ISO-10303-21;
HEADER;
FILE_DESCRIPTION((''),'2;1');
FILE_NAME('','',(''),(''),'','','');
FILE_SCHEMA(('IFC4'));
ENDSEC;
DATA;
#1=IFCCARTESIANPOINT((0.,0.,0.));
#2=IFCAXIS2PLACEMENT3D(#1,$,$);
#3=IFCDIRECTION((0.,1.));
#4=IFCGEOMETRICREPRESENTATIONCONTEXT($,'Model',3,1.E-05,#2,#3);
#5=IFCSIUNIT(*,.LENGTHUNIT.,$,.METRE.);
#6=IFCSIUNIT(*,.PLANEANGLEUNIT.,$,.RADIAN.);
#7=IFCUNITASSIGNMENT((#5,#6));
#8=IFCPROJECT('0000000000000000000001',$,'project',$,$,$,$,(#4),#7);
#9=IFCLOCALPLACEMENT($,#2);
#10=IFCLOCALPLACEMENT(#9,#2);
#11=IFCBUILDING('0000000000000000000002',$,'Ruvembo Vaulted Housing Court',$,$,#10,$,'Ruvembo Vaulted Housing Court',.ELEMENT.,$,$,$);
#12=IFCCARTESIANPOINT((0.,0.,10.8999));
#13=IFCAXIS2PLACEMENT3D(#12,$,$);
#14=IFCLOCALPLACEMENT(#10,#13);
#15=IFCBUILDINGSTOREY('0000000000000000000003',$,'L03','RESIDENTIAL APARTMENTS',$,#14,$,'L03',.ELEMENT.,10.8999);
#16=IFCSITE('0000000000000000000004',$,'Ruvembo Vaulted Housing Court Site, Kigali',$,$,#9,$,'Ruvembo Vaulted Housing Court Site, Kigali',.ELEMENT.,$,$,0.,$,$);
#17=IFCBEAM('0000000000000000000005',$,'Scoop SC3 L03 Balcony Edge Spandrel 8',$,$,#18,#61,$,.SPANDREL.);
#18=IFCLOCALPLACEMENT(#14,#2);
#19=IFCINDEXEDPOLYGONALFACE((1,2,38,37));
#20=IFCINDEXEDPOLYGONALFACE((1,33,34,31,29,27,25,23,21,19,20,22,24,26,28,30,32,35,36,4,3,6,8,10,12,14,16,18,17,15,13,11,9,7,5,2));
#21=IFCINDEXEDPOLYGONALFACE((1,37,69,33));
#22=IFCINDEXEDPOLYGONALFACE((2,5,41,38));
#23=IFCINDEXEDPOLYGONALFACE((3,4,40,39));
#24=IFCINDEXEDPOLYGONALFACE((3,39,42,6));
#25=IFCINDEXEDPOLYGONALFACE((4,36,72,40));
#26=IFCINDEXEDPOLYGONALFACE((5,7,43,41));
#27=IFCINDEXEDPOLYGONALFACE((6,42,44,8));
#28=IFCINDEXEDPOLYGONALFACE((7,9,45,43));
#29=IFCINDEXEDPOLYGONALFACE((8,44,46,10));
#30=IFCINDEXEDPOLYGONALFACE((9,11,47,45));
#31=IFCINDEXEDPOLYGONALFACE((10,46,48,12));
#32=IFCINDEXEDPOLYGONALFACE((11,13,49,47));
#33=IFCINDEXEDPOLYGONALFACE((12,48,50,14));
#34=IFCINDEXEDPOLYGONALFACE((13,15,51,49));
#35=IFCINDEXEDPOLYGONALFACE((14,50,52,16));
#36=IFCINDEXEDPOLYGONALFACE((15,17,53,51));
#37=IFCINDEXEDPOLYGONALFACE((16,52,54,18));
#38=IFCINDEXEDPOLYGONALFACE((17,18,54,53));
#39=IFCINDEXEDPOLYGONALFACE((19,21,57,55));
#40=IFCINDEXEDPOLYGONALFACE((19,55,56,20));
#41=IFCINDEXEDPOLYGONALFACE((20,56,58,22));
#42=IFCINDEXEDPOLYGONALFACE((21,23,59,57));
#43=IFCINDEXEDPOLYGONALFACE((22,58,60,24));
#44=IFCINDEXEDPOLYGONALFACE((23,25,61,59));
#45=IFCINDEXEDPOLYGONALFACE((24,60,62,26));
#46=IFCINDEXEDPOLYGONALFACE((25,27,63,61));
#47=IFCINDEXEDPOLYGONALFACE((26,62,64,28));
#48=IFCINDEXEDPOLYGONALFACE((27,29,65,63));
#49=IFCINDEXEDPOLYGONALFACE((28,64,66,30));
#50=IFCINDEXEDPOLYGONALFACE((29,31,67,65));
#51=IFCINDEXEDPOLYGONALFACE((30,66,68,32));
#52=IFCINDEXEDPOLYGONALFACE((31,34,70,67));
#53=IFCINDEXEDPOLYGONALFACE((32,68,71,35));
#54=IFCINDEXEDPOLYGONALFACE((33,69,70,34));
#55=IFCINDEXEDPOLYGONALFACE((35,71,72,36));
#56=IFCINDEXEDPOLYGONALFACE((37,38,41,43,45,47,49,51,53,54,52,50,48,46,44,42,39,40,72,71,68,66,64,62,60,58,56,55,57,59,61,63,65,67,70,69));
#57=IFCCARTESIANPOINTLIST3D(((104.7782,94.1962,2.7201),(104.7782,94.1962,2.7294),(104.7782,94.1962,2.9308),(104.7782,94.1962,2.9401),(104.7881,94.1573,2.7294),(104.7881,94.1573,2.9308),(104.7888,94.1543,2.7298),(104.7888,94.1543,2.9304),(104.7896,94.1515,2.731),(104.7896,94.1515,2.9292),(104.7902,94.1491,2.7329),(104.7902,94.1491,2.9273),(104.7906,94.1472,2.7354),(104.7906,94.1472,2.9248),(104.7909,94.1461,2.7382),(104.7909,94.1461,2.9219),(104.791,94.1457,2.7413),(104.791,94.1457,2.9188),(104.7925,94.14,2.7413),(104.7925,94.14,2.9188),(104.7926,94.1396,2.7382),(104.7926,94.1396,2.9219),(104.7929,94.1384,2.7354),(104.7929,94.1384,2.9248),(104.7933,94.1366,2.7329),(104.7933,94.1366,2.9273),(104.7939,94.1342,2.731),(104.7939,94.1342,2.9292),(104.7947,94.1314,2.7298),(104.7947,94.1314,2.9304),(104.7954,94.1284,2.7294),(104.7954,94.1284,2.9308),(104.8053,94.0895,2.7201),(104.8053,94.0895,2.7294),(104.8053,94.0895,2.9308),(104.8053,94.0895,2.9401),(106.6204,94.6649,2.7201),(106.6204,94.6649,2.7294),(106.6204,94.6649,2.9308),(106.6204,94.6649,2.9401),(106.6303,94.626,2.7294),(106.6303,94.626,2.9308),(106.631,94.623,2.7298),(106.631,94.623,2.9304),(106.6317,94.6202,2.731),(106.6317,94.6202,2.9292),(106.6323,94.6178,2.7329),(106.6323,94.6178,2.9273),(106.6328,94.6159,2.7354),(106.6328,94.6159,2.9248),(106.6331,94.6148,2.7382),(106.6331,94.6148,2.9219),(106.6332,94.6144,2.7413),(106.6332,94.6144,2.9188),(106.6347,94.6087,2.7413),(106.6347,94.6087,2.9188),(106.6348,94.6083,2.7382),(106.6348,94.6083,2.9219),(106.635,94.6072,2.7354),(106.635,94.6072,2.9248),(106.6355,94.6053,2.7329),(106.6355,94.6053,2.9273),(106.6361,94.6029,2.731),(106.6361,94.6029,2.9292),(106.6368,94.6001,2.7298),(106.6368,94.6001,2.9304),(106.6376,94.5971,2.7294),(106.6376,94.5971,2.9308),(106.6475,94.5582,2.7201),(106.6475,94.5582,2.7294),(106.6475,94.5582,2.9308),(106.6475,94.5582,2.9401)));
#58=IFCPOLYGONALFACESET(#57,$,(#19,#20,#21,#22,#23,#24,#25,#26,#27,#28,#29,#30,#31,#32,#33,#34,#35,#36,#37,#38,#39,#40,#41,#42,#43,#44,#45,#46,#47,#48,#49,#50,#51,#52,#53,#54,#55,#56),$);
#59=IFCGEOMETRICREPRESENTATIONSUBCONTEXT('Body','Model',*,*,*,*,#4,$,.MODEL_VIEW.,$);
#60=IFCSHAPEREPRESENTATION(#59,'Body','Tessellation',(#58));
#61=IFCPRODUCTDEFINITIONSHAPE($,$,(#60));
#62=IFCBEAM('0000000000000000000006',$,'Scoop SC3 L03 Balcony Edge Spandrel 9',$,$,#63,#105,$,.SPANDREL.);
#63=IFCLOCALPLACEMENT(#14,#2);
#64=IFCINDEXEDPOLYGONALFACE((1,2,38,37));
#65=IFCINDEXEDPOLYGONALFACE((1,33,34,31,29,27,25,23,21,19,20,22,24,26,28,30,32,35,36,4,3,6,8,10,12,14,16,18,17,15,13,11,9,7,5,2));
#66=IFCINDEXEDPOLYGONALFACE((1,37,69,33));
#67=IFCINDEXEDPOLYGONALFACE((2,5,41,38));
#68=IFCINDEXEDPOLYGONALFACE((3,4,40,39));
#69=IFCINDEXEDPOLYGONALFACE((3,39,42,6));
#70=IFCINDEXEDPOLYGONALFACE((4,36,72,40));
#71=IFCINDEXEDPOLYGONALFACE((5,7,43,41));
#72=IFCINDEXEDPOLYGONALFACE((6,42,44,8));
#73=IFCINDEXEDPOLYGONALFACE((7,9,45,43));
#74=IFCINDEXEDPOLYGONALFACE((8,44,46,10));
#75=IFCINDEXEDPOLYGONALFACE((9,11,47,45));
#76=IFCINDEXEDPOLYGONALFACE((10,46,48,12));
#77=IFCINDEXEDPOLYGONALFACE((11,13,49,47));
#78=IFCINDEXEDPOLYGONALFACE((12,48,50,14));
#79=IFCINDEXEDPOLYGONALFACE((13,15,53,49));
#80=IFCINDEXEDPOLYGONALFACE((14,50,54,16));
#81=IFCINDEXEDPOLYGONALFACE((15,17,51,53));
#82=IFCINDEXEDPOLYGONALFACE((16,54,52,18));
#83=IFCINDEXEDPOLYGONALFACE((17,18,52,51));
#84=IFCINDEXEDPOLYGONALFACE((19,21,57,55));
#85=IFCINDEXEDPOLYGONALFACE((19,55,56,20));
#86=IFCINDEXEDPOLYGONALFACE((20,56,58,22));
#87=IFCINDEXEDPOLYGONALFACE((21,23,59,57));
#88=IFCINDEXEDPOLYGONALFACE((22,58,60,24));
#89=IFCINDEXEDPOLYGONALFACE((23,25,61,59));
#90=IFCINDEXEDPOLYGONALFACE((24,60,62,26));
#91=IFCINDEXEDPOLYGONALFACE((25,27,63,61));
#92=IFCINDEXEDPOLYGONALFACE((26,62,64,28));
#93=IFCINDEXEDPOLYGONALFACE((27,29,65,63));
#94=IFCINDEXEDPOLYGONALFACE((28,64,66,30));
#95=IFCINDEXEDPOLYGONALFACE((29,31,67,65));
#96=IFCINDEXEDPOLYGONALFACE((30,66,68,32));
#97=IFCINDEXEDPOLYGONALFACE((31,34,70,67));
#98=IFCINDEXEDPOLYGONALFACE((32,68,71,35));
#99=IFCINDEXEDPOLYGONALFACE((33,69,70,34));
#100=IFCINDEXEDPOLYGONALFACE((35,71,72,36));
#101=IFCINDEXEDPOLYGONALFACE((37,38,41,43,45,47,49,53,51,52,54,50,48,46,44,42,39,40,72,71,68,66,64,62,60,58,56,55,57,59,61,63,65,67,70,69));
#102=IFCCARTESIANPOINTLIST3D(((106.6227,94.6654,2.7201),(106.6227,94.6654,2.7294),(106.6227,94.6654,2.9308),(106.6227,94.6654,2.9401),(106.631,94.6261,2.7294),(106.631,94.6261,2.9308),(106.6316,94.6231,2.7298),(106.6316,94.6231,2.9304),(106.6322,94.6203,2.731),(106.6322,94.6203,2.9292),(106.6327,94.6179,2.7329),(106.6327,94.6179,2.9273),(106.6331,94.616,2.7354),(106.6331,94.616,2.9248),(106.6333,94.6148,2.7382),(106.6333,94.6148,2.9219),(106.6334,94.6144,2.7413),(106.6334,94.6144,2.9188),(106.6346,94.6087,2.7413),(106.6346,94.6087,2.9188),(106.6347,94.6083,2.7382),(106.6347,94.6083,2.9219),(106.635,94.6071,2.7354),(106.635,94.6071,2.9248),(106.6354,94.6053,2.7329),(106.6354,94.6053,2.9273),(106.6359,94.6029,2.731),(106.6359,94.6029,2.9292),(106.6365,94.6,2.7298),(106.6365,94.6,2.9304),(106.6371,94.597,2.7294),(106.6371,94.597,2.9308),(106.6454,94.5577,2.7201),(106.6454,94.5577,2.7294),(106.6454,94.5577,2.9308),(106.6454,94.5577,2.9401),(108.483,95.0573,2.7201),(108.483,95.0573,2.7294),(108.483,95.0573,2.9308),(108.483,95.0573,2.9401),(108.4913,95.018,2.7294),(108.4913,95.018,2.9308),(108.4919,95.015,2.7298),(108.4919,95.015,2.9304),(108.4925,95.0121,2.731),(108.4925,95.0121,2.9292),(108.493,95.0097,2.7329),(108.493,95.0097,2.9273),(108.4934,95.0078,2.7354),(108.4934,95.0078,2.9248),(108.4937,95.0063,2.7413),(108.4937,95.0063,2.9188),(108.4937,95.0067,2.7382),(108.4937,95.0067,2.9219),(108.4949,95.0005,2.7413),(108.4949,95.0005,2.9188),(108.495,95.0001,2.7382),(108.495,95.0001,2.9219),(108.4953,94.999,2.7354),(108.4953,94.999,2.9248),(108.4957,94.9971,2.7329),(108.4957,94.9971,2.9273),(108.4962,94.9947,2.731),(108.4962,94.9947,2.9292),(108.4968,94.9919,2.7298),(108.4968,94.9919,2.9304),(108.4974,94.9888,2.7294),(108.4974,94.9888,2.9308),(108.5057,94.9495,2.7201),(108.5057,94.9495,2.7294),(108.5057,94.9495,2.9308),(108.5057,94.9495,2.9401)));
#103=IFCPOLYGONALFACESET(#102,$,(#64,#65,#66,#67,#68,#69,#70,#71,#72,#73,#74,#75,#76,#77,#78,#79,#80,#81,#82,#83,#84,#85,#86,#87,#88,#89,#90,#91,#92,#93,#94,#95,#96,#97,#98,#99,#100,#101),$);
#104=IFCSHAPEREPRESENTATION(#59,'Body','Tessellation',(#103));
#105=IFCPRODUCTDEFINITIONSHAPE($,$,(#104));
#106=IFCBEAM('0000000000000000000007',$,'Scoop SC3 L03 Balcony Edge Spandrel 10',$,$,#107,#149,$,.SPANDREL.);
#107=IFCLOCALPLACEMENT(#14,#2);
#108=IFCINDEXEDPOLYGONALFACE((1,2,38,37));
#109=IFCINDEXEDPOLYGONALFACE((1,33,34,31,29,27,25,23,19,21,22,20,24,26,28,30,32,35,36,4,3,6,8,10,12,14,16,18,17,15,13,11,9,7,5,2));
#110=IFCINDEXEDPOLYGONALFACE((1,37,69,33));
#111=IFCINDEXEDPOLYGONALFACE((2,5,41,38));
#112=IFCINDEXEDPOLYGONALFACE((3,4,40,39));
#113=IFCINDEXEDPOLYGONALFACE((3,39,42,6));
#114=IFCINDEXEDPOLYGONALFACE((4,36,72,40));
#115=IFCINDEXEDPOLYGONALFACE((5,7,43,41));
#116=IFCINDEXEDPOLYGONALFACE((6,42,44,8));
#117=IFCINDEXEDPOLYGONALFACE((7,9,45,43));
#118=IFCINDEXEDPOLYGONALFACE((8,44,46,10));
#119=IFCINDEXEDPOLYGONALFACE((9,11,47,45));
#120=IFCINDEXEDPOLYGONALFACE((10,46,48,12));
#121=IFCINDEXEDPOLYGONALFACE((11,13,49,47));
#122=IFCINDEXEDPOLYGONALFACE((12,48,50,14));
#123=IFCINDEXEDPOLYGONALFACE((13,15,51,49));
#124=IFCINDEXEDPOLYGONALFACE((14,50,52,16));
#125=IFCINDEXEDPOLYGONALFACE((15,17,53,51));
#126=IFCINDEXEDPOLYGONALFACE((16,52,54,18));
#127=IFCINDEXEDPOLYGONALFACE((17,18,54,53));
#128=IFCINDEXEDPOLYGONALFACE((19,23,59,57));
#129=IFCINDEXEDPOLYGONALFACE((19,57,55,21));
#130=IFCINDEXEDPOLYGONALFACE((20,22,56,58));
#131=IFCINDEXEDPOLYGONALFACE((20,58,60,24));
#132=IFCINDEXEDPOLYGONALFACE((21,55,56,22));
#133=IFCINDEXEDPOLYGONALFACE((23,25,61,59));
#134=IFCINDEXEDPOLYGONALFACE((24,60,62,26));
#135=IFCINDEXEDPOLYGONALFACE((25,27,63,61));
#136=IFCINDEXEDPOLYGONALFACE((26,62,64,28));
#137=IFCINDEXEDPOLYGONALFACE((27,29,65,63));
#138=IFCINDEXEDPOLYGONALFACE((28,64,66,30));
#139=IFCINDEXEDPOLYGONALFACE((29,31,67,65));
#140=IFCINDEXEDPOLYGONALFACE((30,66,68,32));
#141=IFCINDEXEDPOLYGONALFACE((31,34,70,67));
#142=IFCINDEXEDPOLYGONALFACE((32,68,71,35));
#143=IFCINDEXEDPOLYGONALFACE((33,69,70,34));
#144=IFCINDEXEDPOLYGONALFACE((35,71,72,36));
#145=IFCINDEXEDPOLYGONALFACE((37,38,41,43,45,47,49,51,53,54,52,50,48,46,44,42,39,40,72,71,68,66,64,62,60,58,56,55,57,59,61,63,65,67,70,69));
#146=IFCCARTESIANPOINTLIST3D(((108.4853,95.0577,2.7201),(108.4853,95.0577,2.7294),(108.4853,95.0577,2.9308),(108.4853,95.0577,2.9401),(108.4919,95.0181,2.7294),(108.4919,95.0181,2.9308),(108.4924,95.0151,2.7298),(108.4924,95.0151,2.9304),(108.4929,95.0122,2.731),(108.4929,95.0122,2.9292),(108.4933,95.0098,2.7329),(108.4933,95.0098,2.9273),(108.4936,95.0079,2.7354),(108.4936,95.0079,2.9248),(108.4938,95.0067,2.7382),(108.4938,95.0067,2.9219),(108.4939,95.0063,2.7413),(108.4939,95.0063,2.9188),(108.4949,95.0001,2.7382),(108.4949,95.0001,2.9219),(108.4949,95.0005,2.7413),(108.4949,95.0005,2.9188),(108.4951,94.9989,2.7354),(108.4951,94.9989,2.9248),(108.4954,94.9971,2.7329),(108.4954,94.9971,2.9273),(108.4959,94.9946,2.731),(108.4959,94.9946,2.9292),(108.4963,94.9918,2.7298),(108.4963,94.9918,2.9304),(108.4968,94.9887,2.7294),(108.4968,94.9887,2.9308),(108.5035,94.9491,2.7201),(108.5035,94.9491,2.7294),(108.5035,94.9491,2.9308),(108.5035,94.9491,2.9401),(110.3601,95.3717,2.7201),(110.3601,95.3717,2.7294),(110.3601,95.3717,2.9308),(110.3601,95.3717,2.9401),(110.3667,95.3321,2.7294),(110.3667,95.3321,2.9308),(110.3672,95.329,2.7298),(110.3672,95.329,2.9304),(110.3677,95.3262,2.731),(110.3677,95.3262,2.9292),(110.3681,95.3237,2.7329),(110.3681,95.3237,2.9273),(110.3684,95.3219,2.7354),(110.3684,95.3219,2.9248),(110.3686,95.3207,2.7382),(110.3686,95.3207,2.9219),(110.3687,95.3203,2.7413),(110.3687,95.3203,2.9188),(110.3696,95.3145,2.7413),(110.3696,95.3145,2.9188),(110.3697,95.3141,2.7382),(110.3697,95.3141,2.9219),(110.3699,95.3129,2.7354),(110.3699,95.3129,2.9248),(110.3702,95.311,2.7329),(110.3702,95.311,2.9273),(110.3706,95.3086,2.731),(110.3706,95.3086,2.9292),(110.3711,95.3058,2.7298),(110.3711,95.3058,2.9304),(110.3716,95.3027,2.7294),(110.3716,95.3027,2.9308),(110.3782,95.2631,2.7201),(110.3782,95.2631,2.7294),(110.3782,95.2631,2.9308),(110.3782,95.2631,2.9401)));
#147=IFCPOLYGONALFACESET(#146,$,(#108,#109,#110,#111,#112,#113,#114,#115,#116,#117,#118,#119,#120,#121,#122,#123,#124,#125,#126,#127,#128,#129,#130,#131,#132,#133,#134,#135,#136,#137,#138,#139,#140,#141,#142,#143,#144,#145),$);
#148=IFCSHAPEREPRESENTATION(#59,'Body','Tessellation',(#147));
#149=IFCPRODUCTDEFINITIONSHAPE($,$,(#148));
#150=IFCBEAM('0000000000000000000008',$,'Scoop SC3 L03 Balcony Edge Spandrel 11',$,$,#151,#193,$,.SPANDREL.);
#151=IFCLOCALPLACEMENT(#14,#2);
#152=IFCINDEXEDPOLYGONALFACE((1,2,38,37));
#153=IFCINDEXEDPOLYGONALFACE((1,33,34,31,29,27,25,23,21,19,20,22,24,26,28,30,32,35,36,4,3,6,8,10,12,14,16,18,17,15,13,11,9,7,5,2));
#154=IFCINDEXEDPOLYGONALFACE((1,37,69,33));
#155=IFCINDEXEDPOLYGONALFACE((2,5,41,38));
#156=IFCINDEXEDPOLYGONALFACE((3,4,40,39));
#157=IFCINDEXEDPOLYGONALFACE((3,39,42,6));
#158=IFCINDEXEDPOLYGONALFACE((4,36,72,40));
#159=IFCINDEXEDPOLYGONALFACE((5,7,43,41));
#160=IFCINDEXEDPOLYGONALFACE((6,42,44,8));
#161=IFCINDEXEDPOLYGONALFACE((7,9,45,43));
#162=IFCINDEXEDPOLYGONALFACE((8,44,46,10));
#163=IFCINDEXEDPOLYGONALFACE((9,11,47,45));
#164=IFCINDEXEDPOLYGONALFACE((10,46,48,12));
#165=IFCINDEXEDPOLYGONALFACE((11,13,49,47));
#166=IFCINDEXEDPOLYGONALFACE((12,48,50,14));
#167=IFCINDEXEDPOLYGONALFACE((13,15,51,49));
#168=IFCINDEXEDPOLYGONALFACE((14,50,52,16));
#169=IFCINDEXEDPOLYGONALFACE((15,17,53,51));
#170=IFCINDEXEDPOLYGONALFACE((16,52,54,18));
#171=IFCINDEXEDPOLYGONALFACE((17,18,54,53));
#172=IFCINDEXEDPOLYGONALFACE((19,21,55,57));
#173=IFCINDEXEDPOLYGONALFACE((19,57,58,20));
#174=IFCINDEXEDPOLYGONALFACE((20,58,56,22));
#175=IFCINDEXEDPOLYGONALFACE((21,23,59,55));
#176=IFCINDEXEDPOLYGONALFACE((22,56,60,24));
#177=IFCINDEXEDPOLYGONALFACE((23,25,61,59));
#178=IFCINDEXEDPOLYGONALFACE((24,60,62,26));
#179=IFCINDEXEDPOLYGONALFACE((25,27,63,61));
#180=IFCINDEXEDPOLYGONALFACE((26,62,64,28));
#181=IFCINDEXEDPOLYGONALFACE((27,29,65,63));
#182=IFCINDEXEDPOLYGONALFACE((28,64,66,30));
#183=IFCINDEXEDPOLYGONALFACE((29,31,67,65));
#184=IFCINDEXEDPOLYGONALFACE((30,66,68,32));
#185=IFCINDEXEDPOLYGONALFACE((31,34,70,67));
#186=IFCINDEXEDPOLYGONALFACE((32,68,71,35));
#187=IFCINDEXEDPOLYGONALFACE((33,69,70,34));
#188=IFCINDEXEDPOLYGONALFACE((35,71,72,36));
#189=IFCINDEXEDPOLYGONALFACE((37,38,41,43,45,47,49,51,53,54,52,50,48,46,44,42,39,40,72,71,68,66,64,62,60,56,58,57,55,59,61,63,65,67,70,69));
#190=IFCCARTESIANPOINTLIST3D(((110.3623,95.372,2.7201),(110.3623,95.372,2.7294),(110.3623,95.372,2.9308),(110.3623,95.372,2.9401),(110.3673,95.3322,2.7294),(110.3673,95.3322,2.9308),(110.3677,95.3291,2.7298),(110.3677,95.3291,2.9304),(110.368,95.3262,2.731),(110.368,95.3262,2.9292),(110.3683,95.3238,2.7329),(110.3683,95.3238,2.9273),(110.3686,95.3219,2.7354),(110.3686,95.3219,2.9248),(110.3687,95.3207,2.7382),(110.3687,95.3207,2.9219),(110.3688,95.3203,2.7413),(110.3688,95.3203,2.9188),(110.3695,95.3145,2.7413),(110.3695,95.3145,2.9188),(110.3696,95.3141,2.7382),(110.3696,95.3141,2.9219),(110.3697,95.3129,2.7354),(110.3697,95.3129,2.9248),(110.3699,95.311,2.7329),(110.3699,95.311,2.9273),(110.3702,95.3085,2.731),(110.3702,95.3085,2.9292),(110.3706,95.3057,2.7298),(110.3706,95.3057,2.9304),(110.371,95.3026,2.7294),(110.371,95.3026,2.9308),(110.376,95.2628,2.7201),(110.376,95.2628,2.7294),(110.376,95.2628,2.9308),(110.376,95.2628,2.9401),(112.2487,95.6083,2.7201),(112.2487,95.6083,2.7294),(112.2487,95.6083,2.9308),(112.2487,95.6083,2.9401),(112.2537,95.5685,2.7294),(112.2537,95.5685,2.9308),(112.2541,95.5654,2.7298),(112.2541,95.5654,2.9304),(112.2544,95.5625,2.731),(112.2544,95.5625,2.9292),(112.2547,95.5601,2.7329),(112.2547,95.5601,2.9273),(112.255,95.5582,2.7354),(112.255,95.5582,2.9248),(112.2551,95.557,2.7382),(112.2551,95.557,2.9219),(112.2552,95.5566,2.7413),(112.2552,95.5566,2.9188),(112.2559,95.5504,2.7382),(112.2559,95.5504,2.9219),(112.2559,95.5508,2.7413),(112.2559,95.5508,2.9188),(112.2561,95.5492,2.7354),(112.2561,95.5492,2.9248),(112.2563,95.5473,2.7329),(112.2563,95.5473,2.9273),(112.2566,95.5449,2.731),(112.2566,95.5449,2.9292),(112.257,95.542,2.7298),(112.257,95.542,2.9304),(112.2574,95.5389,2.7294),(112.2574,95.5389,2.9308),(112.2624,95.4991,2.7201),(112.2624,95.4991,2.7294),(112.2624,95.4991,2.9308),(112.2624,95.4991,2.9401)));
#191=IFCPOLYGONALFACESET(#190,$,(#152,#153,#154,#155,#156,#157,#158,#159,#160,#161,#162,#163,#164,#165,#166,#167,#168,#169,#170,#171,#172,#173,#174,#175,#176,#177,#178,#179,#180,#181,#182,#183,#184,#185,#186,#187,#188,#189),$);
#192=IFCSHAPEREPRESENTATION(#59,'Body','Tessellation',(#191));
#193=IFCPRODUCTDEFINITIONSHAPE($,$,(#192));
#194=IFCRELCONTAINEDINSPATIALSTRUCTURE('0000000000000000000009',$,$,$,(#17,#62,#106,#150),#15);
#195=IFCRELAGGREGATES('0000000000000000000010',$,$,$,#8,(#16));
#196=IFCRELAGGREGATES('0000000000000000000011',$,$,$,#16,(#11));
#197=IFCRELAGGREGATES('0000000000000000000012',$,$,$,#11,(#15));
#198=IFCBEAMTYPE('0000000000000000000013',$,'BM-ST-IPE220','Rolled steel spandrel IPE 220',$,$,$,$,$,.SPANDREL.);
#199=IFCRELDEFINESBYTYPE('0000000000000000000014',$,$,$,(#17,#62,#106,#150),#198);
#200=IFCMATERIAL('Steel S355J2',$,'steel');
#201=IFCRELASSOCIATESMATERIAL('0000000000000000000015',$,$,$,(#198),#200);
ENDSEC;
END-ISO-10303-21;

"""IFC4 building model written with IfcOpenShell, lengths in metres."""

from ifc_helpers import new_model, si_unit, direction, frame, origin, origin_2d, place, context, subcontext, project, spatial, i_section, extrude, material, material_profile, profile_set, type_object, element, save


model = new_model("IFC4")

# Units and contexts
model_context = context("Model", 3, precision=1e-05, world=origin(), true_north=direction((0.0, 1.0)))
body_context = subcontext(model_context, "Body", "Model", "MODEL_VIEW")
ifc_project = project(units=[si_unit("LENGTHUNIT", "METRE"), si_unit("PLANEANGLEUNIT", "RADIAN")], contexts=[model_context])

# Site, building, storey
site_placement = place(None, origin())
site = spatial("IfcSite", under=ifc_project, at=site_placement, Name="Ruvembo Vaulted Housing Court Site, Kigali", LongName="Ruvembo Vaulted Housing Court Site, Kigali", CompositionType="ELEMENT", RefElevation=0.0)
building_placement = place(site_placement, origin())
building = spatial("IfcBuilding", under=site, at=building_placement, Name="Ruvembo Vaulted Housing Court", LongName="Ruvembo Vaulted Housing Court", CompositionType="ELEMENT")
storey_placement = place(building_placement, frame((0.0, 0.0, 10.8999)))
storey = spatial("IfcBuildingStorey", under=building, at=storey_placement, Name="L03", Description="RESIDENTIAL APARTMENTS", LongName="L03", CompositionType="ELEMENT", Elevation=10.8999)

# Beams
ifc_material_1 = material(Name="Steel S355J2", Category="steel")
ifc_material_profile_1 = material_profile(ifc_material_1, i_section(OverallWidth=0.1101, OverallDepth=0.22, WebThickness=0.0059, FlangeThickness=0.0093, FilletRadius=0.012, at=origin_2d()), Name="IPE 220")
ifc_profile_set_1 = profile_set([ifc_material_profile_1], Name="Steel S355J2")
beam_type = type_object("IfcBeamType", Name="BM-ST-IPE220", Description="Rolled steel spandrel IPE 220", PredefinedType="SPANDREL", material=ifc_profile_set_1)
beam_1_placement = place(storey_placement, frame((104.7917, 94.1428, 2.8301), z_axis=(0.969122, 0.246583, 0.0), x_axis=(-0.246583, 0.969122, 0.0)))
element("IfcBeam", 1, at=beam_1_placement, inside=storey, type_object=beam_type, Name="Scoop SC3 L03 Balcony Edge Spandrel 8", PredefinedType="SPANDREL", context=body_context, shape_type="SweptSolid", body=[
    extrude(i_section(OverallWidth=0.1101, OverallDepth=0.22, WebThickness=0.0059, FlangeThickness=0.0093, FilletRadius=0.012, at=origin_2d()), origin(), (0.0, 0.0, 1.0), 1.9009),
])
beam_2_placement = place(storey_placement, frame((106.634, 94.6116, 2.8301), z_axis=(0.978529, 0.206108, 0.0), x_axis=(-0.206108, 0.978529, 0.0)))
element("IfcBeam", 2, at=beam_2_placement, inside=storey, type_object=beam_type, Name="Scoop SC3 L03 Balcony Edge Spandrel 9", PredefinedType="SPANDREL", context=body_context, shape_type="SweptSolid", body=[
    extrude(i_section(OverallWidth=0.1101, OverallDepth=0.22, WebThickness=0.0059, FlangeThickness=0.0093, FilletRadius=0.012, at=origin_2d()), origin(), (0.0, 0.0, 1.0), 1.9011),
])
beam_3_placement = place(storey_placement, frame((108.4944, 95.0034, 2.8301), z_axis=(0.986265, 0.16517, 0.0), x_axis=(-0.16517, 0.986265, 0.0)))
element("IfcBeam", 3, at=beam_3_placement, inside=storey, type_object=beam_type, Name="Scoop SC3 L03 Balcony Edge Spandrel 10", PredefinedType="SPANDREL", context=body_context, shape_type="SweptSolid", body=[
    extrude(i_section(OverallWidth=0.1101, OverallDepth=0.22, WebThickness=0.0059, FlangeThickness=0.0093, FilletRadius=0.012, at=origin_2d()), origin(), (0.0, 0.0, 1.0), 1.9009),
])
beam_4_placement = place(storey_placement, frame((110.3691, 95.3174, 2.8301), z_axis=(0.992244, 0.124303, 0.0), x_axis=(-0.124303, 0.992244, 0.0)))
element("IfcBeam", 4, at=beam_4_placement, inside=storey, type_object=beam_type, Name="Scoop SC3 L03 Balcony Edge Spandrel 11", PredefinedType="SPANDREL", context=body_context, shape_type="SweptSolid", body=[
    extrude(i_section(OverallWidth=0.1101, OverallDepth=0.22, WebThickness=0.0059, FlangeThickness=0.0093, FilletRadius=0.012, at=origin_2d()), origin(), (0.0, 0.0, 1.0), 1.9011),
])

save(model, "model.ifc")
